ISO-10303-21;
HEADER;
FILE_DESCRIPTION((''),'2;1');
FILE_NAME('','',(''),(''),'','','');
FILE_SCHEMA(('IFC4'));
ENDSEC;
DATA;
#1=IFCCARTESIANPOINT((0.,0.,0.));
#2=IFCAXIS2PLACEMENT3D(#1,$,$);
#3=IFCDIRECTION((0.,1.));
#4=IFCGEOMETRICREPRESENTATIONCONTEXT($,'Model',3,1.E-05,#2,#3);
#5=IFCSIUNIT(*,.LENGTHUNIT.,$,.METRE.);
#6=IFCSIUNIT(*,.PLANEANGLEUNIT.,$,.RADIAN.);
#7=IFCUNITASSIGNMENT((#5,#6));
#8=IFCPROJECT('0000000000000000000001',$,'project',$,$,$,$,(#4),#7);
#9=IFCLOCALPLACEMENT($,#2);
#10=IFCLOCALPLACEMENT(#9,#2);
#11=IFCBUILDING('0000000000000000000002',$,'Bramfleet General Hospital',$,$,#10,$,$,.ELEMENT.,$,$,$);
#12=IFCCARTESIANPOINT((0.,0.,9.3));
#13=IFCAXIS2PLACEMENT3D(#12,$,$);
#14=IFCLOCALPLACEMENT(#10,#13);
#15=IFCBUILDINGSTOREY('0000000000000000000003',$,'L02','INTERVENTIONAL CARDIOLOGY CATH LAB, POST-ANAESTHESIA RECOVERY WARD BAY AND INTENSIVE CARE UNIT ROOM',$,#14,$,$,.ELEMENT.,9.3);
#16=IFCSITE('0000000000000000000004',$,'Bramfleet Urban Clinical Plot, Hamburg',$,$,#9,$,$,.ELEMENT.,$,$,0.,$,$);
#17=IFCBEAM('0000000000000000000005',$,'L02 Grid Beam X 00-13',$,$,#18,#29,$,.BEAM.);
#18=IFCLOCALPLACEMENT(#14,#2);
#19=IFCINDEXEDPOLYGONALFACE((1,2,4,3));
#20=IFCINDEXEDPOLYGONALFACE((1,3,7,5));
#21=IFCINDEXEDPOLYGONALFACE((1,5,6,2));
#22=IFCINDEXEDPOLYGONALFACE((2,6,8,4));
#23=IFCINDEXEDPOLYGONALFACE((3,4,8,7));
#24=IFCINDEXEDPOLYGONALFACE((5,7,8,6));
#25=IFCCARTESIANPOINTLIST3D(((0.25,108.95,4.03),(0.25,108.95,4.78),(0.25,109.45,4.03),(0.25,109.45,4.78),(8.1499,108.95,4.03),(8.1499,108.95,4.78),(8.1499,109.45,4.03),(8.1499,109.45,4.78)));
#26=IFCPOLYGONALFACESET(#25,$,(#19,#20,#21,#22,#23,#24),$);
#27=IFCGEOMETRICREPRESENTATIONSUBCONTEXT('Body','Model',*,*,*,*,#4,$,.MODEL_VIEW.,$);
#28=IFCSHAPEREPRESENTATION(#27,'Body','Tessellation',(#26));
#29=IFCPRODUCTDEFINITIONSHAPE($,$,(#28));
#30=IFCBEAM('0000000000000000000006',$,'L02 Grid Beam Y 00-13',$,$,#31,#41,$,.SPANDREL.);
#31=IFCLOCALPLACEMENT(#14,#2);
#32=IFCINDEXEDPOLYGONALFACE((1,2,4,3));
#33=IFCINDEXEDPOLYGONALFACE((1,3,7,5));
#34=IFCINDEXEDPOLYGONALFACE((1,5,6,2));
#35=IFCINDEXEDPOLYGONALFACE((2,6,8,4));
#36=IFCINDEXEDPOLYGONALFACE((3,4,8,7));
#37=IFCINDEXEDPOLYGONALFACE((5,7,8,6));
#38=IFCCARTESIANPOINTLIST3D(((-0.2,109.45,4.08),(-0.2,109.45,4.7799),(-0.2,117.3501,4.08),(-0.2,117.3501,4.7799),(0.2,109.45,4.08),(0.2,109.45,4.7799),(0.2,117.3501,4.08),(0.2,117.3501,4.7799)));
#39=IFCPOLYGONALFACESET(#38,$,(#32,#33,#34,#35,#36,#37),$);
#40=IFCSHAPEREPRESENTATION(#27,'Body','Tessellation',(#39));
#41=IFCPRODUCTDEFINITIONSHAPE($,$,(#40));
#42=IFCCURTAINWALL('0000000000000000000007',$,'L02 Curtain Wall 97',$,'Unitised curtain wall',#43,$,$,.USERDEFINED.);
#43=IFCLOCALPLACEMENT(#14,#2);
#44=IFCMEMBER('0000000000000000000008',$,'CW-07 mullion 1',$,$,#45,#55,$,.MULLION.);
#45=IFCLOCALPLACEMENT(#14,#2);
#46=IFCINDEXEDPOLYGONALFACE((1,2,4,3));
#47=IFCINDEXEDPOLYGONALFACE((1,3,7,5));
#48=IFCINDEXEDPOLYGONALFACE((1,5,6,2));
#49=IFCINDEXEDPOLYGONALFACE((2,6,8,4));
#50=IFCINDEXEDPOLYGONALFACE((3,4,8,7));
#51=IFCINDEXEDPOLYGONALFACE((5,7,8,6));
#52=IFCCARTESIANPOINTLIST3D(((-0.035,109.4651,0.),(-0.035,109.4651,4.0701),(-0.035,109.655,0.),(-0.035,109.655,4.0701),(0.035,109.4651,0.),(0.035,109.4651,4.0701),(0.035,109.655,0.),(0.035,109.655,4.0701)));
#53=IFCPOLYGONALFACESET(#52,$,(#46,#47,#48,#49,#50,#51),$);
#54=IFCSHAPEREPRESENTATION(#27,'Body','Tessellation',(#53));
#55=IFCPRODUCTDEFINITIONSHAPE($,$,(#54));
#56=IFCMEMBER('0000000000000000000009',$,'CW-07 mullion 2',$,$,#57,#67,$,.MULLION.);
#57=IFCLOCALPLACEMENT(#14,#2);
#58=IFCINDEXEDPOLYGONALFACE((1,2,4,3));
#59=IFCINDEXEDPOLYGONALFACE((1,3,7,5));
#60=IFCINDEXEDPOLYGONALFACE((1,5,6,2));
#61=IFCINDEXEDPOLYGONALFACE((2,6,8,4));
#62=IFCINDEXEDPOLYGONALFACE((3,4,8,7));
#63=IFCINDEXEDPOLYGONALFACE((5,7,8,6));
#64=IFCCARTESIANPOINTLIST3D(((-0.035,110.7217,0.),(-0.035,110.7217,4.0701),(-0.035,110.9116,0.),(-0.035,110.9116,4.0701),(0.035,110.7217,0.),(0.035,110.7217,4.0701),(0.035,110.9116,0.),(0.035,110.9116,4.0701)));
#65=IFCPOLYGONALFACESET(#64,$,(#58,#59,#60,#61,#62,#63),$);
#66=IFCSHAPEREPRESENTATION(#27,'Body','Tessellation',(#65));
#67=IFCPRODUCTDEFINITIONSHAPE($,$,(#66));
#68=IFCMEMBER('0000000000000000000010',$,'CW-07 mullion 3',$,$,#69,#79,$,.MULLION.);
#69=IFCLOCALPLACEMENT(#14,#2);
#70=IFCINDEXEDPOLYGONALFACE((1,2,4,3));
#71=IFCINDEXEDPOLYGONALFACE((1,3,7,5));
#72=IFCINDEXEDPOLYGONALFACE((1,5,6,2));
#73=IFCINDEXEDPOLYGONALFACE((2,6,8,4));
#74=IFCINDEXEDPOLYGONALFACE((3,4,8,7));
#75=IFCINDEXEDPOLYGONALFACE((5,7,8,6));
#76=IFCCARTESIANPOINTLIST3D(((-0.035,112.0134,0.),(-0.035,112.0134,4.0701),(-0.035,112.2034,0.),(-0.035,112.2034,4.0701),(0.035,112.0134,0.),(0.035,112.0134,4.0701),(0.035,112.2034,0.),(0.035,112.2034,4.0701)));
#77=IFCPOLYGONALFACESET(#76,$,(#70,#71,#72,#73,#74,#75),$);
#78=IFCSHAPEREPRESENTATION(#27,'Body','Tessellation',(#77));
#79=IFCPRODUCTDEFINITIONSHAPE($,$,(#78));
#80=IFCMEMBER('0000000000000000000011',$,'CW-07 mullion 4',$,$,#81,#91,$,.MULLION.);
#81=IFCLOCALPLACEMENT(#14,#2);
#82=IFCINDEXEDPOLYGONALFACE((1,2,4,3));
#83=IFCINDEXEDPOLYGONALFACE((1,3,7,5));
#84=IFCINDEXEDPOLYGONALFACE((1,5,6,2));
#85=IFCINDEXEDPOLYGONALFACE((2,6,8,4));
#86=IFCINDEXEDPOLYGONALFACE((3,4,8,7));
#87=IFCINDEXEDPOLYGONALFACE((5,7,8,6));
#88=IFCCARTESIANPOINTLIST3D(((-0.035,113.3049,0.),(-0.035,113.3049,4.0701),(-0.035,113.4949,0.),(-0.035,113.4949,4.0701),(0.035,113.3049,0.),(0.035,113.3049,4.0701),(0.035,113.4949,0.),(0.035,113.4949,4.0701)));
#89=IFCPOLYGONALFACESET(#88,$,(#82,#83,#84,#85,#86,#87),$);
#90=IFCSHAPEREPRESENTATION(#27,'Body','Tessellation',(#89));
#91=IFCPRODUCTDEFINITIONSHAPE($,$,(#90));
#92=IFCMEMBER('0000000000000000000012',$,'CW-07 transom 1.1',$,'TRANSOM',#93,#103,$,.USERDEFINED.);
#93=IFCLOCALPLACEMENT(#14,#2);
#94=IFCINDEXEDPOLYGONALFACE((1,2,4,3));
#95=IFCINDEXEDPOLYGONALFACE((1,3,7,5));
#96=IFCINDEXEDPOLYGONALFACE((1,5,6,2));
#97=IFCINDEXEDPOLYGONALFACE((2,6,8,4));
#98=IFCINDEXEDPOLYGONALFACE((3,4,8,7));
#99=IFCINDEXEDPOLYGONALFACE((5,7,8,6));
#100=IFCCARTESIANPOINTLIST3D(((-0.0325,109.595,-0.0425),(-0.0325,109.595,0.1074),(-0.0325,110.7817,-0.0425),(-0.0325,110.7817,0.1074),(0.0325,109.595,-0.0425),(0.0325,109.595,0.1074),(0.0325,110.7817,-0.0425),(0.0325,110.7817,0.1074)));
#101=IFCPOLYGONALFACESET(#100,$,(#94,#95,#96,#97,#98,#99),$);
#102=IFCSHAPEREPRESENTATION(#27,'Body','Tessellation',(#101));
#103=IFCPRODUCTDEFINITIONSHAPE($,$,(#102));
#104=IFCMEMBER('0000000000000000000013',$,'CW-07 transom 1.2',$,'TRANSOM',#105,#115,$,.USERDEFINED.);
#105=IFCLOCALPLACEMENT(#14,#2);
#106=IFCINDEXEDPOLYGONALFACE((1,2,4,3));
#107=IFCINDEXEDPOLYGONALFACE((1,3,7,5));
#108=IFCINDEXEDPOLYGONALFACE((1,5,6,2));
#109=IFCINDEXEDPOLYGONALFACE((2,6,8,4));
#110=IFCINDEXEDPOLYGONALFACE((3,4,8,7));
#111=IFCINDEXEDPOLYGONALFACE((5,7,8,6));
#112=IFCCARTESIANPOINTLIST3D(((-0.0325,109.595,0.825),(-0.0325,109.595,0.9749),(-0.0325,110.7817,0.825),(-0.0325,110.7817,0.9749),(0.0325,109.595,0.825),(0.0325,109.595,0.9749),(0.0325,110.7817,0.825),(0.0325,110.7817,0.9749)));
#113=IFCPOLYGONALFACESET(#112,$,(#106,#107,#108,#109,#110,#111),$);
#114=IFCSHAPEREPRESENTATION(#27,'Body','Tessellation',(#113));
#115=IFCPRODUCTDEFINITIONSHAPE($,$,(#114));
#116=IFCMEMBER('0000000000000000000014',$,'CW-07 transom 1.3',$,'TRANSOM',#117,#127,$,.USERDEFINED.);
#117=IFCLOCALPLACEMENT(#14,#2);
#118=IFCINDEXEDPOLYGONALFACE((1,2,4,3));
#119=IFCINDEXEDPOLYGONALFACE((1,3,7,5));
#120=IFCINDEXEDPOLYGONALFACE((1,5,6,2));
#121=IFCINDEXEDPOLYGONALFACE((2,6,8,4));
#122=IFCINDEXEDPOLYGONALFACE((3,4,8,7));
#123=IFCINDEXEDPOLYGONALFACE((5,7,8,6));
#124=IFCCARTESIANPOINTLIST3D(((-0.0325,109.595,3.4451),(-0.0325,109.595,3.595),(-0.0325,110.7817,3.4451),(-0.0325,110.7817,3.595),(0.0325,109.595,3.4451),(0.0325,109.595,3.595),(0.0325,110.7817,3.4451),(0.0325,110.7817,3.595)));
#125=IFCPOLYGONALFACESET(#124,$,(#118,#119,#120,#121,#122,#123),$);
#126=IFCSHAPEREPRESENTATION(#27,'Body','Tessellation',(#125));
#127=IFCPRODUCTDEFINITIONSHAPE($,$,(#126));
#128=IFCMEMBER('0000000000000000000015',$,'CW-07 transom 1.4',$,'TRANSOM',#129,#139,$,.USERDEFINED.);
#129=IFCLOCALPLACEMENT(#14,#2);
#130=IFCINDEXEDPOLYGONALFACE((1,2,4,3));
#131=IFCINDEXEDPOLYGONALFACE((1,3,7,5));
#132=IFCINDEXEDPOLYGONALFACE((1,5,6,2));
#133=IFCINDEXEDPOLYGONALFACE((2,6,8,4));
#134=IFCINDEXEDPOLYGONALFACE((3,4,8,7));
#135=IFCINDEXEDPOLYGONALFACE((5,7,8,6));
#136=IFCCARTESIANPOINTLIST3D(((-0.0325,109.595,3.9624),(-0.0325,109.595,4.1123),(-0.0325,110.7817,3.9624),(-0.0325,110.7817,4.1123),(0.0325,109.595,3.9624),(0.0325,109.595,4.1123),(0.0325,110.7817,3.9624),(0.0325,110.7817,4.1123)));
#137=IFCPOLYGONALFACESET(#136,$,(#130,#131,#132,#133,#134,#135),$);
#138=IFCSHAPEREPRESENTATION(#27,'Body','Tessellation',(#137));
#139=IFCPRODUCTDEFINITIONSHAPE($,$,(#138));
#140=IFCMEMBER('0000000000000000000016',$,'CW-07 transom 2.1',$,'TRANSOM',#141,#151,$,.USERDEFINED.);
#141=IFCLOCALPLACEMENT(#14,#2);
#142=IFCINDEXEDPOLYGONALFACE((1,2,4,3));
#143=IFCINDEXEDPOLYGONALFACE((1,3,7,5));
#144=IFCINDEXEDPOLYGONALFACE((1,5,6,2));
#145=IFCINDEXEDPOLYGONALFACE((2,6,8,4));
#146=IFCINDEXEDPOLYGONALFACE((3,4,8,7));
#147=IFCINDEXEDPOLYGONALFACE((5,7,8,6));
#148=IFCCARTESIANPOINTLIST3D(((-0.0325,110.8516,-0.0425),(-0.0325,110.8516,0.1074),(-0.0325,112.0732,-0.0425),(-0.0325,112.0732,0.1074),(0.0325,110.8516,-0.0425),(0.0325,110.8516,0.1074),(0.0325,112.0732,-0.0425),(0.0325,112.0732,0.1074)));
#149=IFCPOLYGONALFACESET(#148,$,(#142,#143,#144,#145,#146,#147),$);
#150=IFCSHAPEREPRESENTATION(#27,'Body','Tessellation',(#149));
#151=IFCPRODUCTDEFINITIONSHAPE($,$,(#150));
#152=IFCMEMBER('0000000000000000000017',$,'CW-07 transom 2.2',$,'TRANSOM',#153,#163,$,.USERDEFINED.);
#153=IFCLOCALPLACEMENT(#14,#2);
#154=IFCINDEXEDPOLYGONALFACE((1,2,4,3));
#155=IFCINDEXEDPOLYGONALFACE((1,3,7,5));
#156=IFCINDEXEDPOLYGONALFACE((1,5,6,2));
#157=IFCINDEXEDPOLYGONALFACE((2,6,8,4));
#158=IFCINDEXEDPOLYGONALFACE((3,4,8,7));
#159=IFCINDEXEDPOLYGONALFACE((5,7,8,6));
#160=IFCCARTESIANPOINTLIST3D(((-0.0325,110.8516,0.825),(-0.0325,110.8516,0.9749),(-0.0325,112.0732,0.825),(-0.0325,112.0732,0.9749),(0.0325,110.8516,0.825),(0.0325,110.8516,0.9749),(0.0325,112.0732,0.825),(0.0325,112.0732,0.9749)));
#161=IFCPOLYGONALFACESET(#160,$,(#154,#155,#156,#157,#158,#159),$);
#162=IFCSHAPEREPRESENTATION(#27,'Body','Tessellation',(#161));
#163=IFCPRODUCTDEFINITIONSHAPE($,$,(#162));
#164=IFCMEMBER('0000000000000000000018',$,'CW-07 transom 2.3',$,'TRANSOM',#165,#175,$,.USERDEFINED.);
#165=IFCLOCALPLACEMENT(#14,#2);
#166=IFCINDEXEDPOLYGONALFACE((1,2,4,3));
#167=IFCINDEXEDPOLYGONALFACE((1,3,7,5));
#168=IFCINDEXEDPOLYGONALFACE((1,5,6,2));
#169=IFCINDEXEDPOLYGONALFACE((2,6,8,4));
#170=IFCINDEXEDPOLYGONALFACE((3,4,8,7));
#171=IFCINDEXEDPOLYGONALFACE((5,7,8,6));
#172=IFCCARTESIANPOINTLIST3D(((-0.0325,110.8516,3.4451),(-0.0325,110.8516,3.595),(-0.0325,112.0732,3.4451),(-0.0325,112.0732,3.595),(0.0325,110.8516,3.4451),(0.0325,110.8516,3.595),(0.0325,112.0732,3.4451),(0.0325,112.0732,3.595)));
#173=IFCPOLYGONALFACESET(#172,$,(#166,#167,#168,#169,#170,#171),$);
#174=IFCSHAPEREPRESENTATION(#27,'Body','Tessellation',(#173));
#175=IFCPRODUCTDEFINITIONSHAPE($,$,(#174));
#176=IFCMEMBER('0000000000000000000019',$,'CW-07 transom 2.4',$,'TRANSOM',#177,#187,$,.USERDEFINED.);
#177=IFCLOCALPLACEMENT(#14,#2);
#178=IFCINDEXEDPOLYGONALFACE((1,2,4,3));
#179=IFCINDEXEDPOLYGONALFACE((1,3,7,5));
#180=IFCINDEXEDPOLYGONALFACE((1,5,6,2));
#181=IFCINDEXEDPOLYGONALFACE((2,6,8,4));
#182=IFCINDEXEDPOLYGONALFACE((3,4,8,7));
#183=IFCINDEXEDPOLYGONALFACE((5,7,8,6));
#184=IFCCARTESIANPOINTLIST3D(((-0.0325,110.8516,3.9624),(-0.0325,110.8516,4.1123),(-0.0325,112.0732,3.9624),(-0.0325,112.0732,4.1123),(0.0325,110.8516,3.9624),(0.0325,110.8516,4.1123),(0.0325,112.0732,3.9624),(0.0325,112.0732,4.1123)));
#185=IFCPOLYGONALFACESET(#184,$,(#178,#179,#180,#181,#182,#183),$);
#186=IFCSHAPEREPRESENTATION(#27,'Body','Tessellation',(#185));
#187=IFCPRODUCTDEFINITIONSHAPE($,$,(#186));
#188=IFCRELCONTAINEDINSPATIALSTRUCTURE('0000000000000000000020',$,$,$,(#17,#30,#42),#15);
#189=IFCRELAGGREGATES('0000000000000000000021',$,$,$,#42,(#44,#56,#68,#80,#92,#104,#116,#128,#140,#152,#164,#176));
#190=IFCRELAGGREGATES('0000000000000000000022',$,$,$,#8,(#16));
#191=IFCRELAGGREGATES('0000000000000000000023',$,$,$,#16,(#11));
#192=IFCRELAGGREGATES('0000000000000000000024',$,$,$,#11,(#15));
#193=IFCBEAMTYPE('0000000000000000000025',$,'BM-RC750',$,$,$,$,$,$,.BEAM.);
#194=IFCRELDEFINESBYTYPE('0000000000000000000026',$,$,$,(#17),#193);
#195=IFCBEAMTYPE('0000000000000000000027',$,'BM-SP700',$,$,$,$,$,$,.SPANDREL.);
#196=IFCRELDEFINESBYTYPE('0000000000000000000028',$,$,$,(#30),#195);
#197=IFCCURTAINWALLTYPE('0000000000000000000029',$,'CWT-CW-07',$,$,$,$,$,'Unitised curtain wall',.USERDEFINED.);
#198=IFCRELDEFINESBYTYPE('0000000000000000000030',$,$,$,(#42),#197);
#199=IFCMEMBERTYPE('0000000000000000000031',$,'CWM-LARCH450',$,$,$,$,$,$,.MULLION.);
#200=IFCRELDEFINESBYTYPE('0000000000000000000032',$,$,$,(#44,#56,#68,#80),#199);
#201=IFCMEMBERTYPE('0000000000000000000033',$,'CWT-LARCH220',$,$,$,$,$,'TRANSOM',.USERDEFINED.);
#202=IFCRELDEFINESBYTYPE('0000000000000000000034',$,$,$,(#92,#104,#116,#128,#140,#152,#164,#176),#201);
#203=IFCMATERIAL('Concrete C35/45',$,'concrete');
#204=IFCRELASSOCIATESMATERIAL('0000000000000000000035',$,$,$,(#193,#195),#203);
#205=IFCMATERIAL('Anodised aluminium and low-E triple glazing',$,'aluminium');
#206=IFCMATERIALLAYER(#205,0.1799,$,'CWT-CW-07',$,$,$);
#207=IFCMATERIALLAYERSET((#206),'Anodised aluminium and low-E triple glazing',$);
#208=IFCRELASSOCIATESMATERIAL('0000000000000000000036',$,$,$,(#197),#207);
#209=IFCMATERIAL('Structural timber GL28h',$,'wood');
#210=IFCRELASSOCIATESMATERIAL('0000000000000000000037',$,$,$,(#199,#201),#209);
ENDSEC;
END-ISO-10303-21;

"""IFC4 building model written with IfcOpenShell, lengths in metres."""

from ifc_helpers import new_model, si_unit, direction, frame, origin, origin_2d, place, context, subcontext, project, spatial, rectangle, extrude, material, layer, layer_set, material_profile, profile_set, type_object, element, aggregate, save


model = new_model("IFC4")

# Units and contexts
model_context = context("Model", 3, precision=1e-05, world=origin(), true_north=direction((0.0, 1.0)))
body_context = subcontext(model_context, "Body", "Model", "MODEL_VIEW")
ifc_project = project(units=[si_unit("LENGTHUNIT", "METRE"), si_unit("PLANEANGLEUNIT", "RADIAN")], contexts=[model_context])

# Site, building, storey
site_placement = place(None, origin())
site = spatial("IfcSite", under=ifc_project, at=site_placement, Name="Bramfleet Urban Clinical Plot, Hamburg", CompositionType="ELEMENT", RefElevation=0.0)
building_placement = place(site_placement, origin())
building = spatial("IfcBuilding", under=site, at=building_placement, Name="Bramfleet General Hospital", CompositionType="ELEMENT")
storey_placement = place(building_placement, frame((0.0, 0.0, 9.3)))
storey = spatial("IfcBuildingStorey", under=building, at=storey_placement, Name="L02", Description="INTERVENTIONAL CARDIOLOGY CATH LAB, POST-ANAESTHESIA RECOVERY WARD BAY AND INTENSIVE CARE UNIT ROOM", CompositionType="ELEMENT", Elevation=9.3)

# Beams
ifc_material_1 = material(Name="Concrete C35/45", Category="concrete")
ifc_material_profile_1 = material_profile(ifc_material_1, rectangle(XDim=0.5, YDim=0.75, at=origin_2d()), Name="RC BM 750x500")
ifc_profile_set_1 = profile_set([ifc_material_profile_1], Name="Concrete C35/45")
beam_type_1 = type_object("IfcBeamType", Name="BM-RC750", PredefinedType="BEAM", material=ifc_profile_set_1)
beam_1_placement = place(storey_placement, frame((0.25, 109.2, 4.405), z_axis=(1.0, 0.0, 0.0), x_axis=(0.0, 1.0, 0.0)))
element("IfcBeam", 1, at=beam_1_placement, inside=storey, type_object=beam_type_1, Name="L02 Grid Beam X 00-13", PredefinedType="BEAM", context=body_context, shape_type="SweptSolid", body=[
    extrude(rectangle(XDim=0.5, YDim=0.75, at=origin_2d()), origin(), (0.0, 0.0, 1.0), 7.8999),
])
ifc_material_profile_2 = material_profile(ifc_material_1, rectangle(XDim=0.3999, YDim=0.7, at=origin_2d()), Name="RC SP 700x400")
ifc_profile_set_2 = profile_set([ifc_material_profile_2], Name="Concrete C35/45")
beam_type_2 = type_object("IfcBeamType", Name="BM-SP700", PredefinedType="SPANDREL", material=ifc_profile_set_2)
beam_2_placement = place(storey_placement, frame((0.0, 109.45, 4.4299), z_axis=(0.0, 1.0, 0.0), x_axis=(-1.0, 0.0, 0.0)))
element("IfcBeam", 2, at=beam_2_placement, inside=storey, type_object=beam_type_2, Name="L02 Grid Beam Y 00-13", PredefinedType="SPANDREL", context=body_context, shape_type="SweptSolid", body=[
    extrude(rectangle(XDim=0.3999, YDim=0.7, at=origin_2d()), origin(), (0.0, 0.0, 1.0), 7.9001),
])

# Curtain wall, members
ifc_material_2 = material(Name="Anodised aluminium and low-E triple glazing", Category="aluminium")
ifc_layer_1 = layer(ifc_material_2, 0.1799, Name="CWT-CW-07")
ifc_layer_set_1 = layer_set([ifc_layer_1], Name="Anodised aluminium and low-E triple glazing")
curtain_wall_type = type_object("IfcCurtainWallType", Name="CWT-CW-07", ElementType="Unitised curtain wall", PredefinedType="USERDEFINED", material=ifc_layer_set_1)
curtain_wall_placement = place(storey_placement, origin())
curtain_wall = element("IfcCurtainWall", 3, at=curtain_wall_placement, inside=storey, type_object=curtain_wall_type, Name="L02 Curtain Wall 97", ObjectType="Unitised curtain wall", PredefinedType="USERDEFINED")
ifc_material_3 = material(Name="Structural timber GL28h", Category="wood")
ifc_material_profile_3 = material_profile(ifc_material_3, rectangle(XDim=0.0701, YDim=0.1899, at=origin_2d()), Name="LARCH 190x70")
ifc_profile_set_3 = profile_set([ifc_material_profile_3], Name="Structural timber GL28h")
member_type_1 = type_object("IfcMemberType", Name="CWM-LARCH450", PredefinedType="MULLION", material=ifc_profile_set_3)
member_1_placement = place(storey_placement, frame((0.0, 109.5601, 0.0), z_axis=(0.0, 0.0, 1.0), x_axis=(-1.0, 0.0, 0.0)))
member_1 = element("IfcMember", 4, at=member_1_placement, type_object=member_type_1, Name="CW-07 mullion 1", PredefinedType="MULLION", context=body_context, shape_type="SweptSolid", body=[
    extrude(rectangle(XDim=0.0701, YDim=0.1899, at=origin_2d()), origin(), (0.0, 0.0, 1.0), 4.0701),
])
member_2_placement = place(storey_placement, frame((0.0, 110.8167, 0.0), z_axis=(0.0, 0.0, 1.0), x_axis=(-1.0, 0.0, 0.0)))
member_2 = element("IfcMember", 5, at=member_2_placement, type_object=member_type_1, Name="CW-07 mullion 2", PredefinedType="MULLION", context=body_context, shape_type="SweptSolid", body=[
    extrude(rectangle(XDim=0.0701, YDim=0.1899, at=origin_2d()), origin(), (0.0, 0.0, 1.0), 4.0701),
])
member_3_placement = place(storey_placement, frame((0.0, 112.1084, 0.0), z_axis=(0.0, 0.0, 1.0), x_axis=(-1.0, 0.0, 0.0)))
member_3 = element("IfcMember", 6, at=member_3_placement, type_object=member_type_1, Name="CW-07 mullion 3", PredefinedType="MULLION", context=body_context, shape_type="SweptSolid", body=[
    extrude(rectangle(XDim=0.0701, YDim=0.1899, at=origin_2d()), origin(), (0.0, 0.0, 1.0), 4.0701),
])
member_4_placement = place(storey_placement, frame((0.0, 113.3999, 0.0), z_axis=(0.0, 0.0, 1.0), x_axis=(-1.0, 0.0, 0.0)))
member_4 = element("IfcMember", 7, at=member_4_placement, type_object=member_type_1, Name="CW-07 mullion 4", PredefinedType="MULLION", context=body_context, shape_type="SweptSolid", body=[
    extrude(rectangle(XDim=0.0701, YDim=0.1899, at=origin_2d()), origin(), (0.0, 0.0, 1.0), 4.0701),
])
ifc_material_profile_4 = material_profile(ifc_material_3, rectangle(XDim=0.0649, YDim=0.1499, at=origin_2d()), Name="LARCH 150x65")
ifc_profile_set_4 = profile_set([ifc_material_profile_4], Name="Structural timber GL28h")
member_type_2 = type_object("IfcMemberType", Name="CWT-LARCH220", ElementType="TRANSOM", PredefinedType="USERDEFINED", material=ifc_profile_set_4)
member_5_placement = place(storey_placement, frame((0.0, 109.595, 0.0325), z_axis=(0.0, 1.0, 0.0), x_axis=(-1.0, 0.0, 0.0)))
member_5 = element("IfcMember", 8, at=member_5_placement, type_object=member_type_2, Name="CW-07 transom 1.1", ObjectType="TRANSOM", PredefinedType="USERDEFINED", context=body_context, shape_type="SweptSolid", body=[
    extrude(rectangle(XDim=0.0649, YDim=0.1499, at=origin_2d()), origin(), (0.0, 0.0, 1.0), 1.1868),
])
member_6_placement = place(storey_placement, frame((0.0, 109.595, 0.8999), z_axis=(0.0, 1.0, 0.0), x_axis=(-1.0, 0.0, 0.0)))
member_6 = element("IfcMember", 9, at=member_6_placement, type_object=member_type_2, Name="CW-07 transom 1.2", ObjectType="TRANSOM", PredefinedType="USERDEFINED", context=body_context, shape_type="SweptSolid", body=[
    extrude(rectangle(XDim=0.0649, YDim=0.1499, at=origin_2d()), origin(), (0.0, 0.0, 1.0), 1.1868),
])
member_7_placement = place(storey_placement, frame((0.0, 109.595, 3.52), z_axis=(0.0, 1.0, 0.0), x_axis=(-1.0, 0.0, 0.0)))
member_7 = element("IfcMember", 10, at=member_7_placement, type_object=member_type_2, Name="CW-07 transom 1.3", ObjectType="TRANSOM", PredefinedType="USERDEFINED", context=body_context, shape_type="SweptSolid", body=[
    extrude(rectangle(XDim=0.0649, YDim=0.1499, at=origin_2d()), origin(), (0.0, 0.0, 1.0), 1.1868),
])
member_8_placement = place(storey_placement, frame((0.0, 109.595, 4.0374), z_axis=(0.0, 1.0, 0.0), x_axis=(-1.0, 0.0, 0.0)))
member_8 = element("IfcMember", 11, at=member_8_placement, type_object=member_type_2, Name="CW-07 transom 1.4", ObjectType="TRANSOM", PredefinedType="USERDEFINED", context=body_context, shape_type="SweptSolid", body=[
    extrude(rectangle(XDim=0.0649, YDim=0.1499, at=origin_2d()), origin(), (0.0, 0.0, 1.0), 1.1868),
])
member_9_placement = place(storey_placement, frame((0.0, 110.8516, 0.0325), z_axis=(0.0, 1.0, 0.0), x_axis=(-1.0, 0.0, 0.0)))
member_9 = element("IfcMember", 12, at=member_9_placement, type_object=member_type_2, Name="CW-07 transom 2.1", ObjectType="TRANSOM", PredefinedType="USERDEFINED", context=body_context, shape_type="SweptSolid", body=[
    extrude(rectangle(XDim=0.0649, YDim=0.1499, at=origin_2d()), origin(), (0.0, 0.0, 1.0), 1.2217),
])
member_10_placement = place(storey_placement, frame((0.0, 110.8516, 0.8999), z_axis=(0.0, 1.0, 0.0), x_axis=(-1.0, 0.0, 0.0)))
member_10 = element("IfcMember", 13, at=member_10_placement, type_object=member_type_2, Name="CW-07 transom 2.2", ObjectType="TRANSOM", PredefinedType="USERDEFINED", context=body_context, shape_type="SweptSolid", body=[
    extrude(rectangle(XDim=0.0649, YDim=0.1499, at=origin_2d()), origin(), (0.0, 0.0, 1.0), 1.2217),
])
member_11_placement = place(storey_placement, frame((0.0, 110.8516, 3.52), z_axis=(0.0, 1.0, 0.0), x_axis=(-1.0, 0.0, 0.0)))
member_11 = element("IfcMember", 14, at=member_11_placement, type_object=member_type_2, Name="CW-07 transom 2.3", ObjectType="TRANSOM", PredefinedType="USERDEFINED", context=body_context, shape_type="SweptSolid", body=[
    extrude(rectangle(XDim=0.0649, YDim=0.1499, at=origin_2d()), origin(), (0.0, 0.0, 1.0), 1.2217),
])
member_12_placement = place(storey_placement, frame((0.0, 110.8516, 4.0374), z_axis=(0.0, 1.0, 0.0), x_axis=(-1.0, 0.0, 0.0)))
member_12 = element("IfcMember", 15, at=member_12_placement, type_object=member_type_2, Name="CW-07 transom 2.4", ObjectType="TRANSOM", PredefinedType="USERDEFINED", context=body_context, shape_type="SweptSolid", body=[
    extrude(rectangle(XDim=0.0649, YDim=0.1499, at=origin_2d()), origin(), (0.0, 0.0, 1.0), 1.2217),
])
aggregate(curtain_wall, [member_1, member_2, member_3, member_4, member_5, member_6, member_7, member_8, member_9, member_10, member_11, member_12])

save(model, "model.ifc")
